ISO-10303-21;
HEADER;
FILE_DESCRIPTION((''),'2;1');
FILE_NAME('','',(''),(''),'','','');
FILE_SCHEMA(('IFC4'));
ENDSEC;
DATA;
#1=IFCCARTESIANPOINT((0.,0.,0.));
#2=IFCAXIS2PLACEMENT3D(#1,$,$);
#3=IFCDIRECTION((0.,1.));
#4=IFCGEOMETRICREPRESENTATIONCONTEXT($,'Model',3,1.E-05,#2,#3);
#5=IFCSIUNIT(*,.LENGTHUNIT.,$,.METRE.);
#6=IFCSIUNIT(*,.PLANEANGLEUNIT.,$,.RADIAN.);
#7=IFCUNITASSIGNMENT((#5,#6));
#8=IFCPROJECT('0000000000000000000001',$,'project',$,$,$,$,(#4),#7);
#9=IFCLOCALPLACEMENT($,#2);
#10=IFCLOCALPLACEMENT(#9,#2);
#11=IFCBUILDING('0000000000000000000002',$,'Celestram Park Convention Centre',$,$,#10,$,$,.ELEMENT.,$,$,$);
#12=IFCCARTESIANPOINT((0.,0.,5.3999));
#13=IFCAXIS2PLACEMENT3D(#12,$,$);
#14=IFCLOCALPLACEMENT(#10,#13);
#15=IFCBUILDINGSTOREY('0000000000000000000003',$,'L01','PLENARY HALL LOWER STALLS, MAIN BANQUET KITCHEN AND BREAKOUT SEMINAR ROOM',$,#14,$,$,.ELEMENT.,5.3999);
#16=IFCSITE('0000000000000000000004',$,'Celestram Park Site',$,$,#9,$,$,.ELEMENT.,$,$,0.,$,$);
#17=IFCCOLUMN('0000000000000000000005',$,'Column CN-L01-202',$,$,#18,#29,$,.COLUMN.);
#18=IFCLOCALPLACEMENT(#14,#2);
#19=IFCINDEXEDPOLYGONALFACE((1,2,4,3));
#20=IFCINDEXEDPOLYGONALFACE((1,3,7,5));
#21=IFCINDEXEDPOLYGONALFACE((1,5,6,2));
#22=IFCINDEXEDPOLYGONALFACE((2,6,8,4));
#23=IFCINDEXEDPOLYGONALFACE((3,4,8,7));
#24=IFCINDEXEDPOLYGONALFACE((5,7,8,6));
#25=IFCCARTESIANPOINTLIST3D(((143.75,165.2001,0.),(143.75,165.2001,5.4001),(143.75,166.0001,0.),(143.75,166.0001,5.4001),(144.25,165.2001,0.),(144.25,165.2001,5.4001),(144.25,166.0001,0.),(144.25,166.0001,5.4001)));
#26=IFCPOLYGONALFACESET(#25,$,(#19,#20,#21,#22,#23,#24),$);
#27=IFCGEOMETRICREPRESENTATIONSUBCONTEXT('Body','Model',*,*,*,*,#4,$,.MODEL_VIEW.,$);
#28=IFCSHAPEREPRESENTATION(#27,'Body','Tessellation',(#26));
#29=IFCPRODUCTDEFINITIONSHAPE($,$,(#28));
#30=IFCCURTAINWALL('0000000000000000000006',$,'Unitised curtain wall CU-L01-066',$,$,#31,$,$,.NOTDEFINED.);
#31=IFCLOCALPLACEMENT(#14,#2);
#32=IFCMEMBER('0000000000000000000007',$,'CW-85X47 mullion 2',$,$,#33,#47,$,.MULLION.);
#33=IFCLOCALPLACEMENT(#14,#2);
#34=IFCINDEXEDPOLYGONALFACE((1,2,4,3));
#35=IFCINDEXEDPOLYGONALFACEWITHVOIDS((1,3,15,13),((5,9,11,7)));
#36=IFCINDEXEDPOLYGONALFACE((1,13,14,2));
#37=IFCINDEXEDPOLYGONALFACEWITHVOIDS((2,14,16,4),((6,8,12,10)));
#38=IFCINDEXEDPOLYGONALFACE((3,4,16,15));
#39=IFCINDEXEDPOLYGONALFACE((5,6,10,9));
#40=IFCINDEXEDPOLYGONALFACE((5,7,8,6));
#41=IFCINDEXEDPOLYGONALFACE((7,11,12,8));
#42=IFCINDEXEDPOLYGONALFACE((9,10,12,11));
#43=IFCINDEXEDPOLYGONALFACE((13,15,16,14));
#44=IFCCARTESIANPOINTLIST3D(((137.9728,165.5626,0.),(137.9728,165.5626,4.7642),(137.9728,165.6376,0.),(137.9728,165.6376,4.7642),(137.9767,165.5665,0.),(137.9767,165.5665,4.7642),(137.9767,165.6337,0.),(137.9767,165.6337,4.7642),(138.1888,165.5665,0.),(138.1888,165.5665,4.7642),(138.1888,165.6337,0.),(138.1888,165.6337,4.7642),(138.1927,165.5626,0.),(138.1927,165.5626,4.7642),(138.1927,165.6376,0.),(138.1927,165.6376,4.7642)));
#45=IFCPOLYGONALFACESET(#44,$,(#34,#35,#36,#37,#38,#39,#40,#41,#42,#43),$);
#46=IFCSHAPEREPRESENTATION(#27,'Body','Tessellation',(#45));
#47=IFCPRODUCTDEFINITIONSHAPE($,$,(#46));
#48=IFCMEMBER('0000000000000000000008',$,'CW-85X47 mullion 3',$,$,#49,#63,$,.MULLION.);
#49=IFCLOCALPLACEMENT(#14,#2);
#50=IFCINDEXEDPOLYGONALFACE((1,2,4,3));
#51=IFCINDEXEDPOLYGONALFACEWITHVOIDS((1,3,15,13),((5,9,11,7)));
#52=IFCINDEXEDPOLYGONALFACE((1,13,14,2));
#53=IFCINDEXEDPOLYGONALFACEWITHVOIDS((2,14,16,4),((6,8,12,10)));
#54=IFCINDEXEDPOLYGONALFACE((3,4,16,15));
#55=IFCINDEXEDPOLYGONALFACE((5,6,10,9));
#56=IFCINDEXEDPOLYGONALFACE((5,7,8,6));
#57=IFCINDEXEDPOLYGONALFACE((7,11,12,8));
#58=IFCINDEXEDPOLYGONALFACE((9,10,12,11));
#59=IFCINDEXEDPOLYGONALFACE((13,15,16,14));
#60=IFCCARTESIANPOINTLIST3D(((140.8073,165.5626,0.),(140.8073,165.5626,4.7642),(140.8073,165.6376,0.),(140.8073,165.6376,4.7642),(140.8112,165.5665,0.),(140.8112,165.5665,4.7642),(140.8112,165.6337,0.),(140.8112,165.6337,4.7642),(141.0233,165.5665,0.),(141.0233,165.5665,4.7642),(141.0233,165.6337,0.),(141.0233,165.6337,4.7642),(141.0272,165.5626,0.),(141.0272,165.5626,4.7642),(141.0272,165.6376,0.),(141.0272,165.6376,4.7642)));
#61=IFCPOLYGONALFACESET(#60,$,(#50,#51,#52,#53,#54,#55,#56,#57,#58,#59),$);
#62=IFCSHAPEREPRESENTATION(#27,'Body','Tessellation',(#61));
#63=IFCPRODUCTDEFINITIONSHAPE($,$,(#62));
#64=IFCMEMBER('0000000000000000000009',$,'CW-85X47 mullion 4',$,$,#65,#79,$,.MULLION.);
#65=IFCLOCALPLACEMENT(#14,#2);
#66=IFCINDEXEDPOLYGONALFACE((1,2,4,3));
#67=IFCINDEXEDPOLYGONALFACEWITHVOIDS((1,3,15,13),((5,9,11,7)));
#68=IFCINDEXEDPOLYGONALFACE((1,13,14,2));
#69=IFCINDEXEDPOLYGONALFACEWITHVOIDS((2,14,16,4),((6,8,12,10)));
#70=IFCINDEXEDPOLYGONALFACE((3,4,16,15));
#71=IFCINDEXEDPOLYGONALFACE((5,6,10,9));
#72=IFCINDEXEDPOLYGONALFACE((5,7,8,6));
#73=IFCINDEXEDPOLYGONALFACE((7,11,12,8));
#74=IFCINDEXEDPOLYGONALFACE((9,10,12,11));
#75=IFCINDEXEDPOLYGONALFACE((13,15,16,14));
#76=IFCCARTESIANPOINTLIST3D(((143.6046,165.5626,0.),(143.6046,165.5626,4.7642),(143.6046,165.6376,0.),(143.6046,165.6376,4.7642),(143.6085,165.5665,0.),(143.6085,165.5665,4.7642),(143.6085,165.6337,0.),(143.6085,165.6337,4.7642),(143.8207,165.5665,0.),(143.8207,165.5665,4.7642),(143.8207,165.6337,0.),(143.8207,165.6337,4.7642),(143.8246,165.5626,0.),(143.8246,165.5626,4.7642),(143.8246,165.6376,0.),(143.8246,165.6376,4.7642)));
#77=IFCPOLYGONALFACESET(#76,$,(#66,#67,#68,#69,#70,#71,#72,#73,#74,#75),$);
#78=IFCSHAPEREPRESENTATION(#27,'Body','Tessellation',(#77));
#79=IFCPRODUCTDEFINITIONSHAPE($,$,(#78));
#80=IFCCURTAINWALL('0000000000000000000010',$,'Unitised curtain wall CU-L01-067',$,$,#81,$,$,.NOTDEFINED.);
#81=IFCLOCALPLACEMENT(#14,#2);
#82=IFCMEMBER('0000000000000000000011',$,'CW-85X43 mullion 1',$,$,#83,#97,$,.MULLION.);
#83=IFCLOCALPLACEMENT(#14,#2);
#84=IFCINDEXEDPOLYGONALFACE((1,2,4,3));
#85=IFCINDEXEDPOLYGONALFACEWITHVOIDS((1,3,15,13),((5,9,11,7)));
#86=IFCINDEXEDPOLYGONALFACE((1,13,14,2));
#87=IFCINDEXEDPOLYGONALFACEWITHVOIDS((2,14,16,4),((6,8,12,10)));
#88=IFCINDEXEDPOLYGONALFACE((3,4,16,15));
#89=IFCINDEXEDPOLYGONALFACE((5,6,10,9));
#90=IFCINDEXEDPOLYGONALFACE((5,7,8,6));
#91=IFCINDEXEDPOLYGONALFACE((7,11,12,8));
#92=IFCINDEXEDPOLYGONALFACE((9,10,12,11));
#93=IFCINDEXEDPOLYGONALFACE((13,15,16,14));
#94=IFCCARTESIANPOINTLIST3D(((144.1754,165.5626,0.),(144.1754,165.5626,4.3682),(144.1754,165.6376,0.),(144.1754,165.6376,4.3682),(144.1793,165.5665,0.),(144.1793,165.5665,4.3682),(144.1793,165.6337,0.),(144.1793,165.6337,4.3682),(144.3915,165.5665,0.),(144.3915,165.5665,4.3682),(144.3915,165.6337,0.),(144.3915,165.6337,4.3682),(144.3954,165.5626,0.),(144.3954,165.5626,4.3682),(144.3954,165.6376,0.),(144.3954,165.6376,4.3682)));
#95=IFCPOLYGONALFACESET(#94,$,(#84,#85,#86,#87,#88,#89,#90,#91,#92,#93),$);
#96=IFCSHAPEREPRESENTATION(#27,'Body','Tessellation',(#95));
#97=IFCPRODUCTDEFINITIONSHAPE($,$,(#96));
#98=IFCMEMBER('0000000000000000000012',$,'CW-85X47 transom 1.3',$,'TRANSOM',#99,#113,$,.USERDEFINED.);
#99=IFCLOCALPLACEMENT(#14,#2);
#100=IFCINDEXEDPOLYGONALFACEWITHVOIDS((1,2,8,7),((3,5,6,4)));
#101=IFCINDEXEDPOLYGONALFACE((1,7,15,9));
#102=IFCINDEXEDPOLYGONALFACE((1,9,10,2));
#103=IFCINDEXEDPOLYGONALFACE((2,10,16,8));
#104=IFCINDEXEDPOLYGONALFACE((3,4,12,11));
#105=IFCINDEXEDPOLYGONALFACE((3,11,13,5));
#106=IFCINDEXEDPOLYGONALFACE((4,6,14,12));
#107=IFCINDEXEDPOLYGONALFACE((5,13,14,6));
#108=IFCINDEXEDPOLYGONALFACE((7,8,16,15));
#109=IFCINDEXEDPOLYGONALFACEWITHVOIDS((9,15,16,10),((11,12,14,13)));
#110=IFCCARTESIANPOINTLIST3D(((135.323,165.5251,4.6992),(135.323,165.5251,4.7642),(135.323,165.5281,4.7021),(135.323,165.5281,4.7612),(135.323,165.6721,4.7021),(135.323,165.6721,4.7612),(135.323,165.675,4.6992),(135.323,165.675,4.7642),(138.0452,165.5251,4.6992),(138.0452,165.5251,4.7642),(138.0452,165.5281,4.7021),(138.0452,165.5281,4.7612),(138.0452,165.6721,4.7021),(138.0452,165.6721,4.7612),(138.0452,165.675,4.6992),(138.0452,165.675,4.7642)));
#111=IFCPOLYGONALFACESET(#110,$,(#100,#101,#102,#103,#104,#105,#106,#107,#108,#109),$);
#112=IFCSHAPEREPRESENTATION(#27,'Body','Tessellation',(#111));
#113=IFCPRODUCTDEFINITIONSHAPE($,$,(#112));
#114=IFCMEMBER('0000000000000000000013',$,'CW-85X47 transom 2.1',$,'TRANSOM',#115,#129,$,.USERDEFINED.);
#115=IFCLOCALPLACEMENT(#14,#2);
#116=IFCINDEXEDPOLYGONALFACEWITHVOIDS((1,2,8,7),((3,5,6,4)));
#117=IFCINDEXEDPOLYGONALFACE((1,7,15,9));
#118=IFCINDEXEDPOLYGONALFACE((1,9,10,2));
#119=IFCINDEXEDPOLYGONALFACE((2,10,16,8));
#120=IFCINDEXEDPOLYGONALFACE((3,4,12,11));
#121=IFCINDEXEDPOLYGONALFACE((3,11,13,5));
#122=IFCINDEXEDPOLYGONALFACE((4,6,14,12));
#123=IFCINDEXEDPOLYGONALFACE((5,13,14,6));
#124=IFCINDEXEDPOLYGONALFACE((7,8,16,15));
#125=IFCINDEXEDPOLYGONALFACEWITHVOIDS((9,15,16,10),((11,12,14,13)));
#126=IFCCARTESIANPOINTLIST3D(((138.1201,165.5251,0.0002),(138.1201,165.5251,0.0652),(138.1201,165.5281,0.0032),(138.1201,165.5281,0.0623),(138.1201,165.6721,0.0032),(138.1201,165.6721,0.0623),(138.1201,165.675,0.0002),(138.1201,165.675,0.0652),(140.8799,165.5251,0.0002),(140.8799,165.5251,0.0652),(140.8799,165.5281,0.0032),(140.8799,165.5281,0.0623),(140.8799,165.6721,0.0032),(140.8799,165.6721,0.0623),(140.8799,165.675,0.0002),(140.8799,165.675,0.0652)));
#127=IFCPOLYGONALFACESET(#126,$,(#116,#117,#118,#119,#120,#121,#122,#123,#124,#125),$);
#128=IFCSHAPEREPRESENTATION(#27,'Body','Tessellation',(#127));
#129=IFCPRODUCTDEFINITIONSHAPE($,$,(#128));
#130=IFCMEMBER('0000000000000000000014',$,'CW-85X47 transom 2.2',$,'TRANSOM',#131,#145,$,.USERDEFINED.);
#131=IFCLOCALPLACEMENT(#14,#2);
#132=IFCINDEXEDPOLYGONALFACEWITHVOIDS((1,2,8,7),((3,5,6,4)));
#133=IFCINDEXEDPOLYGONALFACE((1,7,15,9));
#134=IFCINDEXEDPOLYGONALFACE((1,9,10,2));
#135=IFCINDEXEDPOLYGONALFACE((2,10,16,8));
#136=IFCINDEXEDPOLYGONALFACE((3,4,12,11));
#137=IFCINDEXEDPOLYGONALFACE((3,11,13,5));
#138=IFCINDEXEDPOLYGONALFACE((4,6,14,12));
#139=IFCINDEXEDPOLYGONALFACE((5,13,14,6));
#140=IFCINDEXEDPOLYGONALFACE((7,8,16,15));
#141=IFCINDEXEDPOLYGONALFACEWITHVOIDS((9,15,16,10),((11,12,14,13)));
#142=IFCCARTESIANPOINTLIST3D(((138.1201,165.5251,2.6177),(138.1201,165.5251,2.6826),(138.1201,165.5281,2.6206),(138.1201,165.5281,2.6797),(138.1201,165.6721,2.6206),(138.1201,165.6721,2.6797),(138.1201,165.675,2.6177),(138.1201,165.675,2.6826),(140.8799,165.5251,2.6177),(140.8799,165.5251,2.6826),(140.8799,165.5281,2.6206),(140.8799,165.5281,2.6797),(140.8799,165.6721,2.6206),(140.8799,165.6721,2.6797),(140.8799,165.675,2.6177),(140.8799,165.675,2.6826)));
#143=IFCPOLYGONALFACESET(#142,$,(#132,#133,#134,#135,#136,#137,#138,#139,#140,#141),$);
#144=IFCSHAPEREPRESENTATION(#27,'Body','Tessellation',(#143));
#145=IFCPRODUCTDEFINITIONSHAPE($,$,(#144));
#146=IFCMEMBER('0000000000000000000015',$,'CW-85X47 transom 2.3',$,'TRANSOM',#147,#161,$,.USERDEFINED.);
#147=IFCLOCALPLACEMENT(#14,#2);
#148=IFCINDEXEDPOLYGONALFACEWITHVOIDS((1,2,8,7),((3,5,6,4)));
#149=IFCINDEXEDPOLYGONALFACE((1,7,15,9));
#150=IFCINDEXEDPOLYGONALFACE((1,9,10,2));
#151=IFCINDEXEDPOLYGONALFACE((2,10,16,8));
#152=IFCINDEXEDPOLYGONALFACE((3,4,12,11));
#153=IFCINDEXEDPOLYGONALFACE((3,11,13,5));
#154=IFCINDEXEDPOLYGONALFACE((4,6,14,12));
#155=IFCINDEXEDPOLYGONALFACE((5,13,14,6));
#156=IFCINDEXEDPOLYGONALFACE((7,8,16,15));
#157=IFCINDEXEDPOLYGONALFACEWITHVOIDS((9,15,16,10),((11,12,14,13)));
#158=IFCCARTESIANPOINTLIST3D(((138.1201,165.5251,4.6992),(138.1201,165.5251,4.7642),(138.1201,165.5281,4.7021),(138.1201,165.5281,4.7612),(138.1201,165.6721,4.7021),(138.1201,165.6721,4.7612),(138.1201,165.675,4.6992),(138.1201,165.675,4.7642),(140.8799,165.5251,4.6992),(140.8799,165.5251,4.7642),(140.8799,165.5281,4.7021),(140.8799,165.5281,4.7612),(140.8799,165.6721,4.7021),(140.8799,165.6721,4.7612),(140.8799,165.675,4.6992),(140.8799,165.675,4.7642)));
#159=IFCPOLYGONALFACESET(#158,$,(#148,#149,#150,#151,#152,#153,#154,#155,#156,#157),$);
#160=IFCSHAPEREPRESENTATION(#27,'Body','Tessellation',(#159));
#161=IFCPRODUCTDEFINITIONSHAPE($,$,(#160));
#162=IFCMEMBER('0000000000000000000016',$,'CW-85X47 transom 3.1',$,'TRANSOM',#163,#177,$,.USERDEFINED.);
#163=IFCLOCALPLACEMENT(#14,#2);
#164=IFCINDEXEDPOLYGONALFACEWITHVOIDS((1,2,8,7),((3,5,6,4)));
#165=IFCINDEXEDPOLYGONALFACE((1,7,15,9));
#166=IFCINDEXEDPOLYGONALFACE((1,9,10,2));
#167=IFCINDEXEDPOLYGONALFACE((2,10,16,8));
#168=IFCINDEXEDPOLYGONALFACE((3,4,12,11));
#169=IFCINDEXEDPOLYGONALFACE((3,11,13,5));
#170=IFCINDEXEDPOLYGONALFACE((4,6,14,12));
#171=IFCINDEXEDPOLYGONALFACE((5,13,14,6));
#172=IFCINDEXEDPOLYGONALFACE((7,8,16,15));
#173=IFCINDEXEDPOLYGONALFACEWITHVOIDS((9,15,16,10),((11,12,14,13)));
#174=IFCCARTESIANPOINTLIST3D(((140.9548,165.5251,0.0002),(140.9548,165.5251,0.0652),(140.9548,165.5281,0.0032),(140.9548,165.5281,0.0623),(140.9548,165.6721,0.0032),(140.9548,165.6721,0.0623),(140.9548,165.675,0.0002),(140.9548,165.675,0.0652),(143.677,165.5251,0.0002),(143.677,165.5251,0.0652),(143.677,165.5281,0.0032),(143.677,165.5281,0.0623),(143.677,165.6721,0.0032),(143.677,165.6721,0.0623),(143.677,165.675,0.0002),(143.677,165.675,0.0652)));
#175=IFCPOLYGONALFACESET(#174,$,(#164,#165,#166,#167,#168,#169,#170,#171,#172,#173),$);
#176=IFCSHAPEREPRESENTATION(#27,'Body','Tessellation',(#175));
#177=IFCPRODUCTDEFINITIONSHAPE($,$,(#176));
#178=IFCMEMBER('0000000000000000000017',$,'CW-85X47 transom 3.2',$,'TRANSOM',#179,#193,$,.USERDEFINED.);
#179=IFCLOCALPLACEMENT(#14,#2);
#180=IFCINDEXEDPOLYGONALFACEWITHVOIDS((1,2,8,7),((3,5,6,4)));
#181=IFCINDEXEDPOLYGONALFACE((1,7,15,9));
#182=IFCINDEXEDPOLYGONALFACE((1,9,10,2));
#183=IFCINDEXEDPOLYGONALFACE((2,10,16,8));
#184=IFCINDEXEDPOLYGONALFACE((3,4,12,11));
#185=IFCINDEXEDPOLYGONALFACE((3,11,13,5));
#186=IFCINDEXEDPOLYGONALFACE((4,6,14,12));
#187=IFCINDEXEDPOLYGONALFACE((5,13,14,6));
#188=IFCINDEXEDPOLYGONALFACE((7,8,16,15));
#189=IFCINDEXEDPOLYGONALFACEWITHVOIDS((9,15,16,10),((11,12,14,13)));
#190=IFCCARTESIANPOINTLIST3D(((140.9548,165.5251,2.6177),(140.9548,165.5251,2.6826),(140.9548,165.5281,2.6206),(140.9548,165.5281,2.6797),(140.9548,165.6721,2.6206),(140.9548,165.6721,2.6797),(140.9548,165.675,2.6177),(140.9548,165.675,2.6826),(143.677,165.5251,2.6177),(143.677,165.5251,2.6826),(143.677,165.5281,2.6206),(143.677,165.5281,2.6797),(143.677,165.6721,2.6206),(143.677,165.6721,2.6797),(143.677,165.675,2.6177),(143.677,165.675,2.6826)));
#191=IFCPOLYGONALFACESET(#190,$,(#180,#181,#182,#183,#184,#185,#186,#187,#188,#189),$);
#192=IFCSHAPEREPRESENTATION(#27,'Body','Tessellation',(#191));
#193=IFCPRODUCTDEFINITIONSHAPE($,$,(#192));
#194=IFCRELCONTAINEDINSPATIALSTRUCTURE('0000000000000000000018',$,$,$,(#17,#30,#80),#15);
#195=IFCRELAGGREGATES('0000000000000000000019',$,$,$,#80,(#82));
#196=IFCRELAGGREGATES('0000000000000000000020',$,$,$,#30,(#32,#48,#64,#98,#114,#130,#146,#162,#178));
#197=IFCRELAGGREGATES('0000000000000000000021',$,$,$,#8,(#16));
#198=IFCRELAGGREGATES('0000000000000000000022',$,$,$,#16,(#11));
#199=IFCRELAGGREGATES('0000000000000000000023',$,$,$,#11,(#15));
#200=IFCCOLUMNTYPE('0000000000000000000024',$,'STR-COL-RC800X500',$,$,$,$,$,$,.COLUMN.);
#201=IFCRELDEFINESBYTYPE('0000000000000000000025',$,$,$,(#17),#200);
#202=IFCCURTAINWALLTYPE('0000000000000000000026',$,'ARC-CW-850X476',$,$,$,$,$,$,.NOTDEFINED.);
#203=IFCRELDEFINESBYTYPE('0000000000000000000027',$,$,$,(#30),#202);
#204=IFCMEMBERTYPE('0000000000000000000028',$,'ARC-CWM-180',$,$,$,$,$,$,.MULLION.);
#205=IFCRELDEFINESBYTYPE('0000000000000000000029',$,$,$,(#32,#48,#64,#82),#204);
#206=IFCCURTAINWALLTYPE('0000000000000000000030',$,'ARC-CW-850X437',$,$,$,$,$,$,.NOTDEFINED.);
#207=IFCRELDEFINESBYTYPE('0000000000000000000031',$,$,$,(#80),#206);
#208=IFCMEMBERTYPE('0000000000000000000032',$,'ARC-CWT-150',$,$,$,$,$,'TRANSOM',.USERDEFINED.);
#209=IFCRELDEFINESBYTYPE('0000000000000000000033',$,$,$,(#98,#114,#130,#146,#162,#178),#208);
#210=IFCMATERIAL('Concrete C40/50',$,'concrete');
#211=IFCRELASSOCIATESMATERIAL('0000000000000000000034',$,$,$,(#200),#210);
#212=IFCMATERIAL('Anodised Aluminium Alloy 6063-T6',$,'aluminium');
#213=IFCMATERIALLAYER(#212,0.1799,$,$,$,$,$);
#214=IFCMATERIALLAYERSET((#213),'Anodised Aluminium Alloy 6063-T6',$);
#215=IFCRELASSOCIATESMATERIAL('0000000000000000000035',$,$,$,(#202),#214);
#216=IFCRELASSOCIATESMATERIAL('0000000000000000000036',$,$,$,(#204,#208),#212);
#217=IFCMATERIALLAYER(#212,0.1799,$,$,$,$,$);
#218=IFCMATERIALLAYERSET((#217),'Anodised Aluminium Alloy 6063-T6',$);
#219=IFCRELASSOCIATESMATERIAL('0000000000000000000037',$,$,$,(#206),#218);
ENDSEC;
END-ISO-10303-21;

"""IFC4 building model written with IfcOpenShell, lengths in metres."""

from ifc_helpers import new_model, si_unit, direction, frame, origin, origin_2d, place, context, subcontext, project, spatial, rectangle, hollow_rectangle, extrude, material, layer, layer_set, material_profile, profile_set, type_object, element, aggregate, save


model = new_model("IFC4")

# Units and contexts
model_context = context("Model", 3, precision=1e-05, world=origin(), true_north=direction((0.0, 1.0)))
body_context = subcontext(model_context, "Body", "Model", "MODEL_VIEW")
ifc_project = project(units=[si_unit("LENGTHUNIT", "METRE"), si_unit("PLANEANGLEUNIT", "RADIAN")], contexts=[model_context])

# Site, building, storey
site_placement = place(None, origin())
site = spatial("IfcSite", under=ifc_project, at=site_placement, Name="Celestram Park Site", CompositionType="ELEMENT", RefElevation=0.0)
building_placement = place(site_placement, origin())
building = spatial("IfcBuilding", under=site, at=building_placement, Name="Celestram Park Convention Centre", CompositionType="ELEMENT")
storey_placement = place(building_placement, frame((0.0, 0.0, 5.3999)))
storey = spatial("IfcBuildingStorey", under=building, at=storey_placement, Name="L01", Description="PLENARY HALL LOWER STALLS, MAIN BANQUET KITCHEN AND BREAKOUT SEMINAR ROOM", CompositionType="ELEMENT", Elevation=5.3999)

# Column
ifc_material_1 = material(Name="Concrete C40/50", Category="concrete")
ifc_material_profile_1 = material_profile(ifc_material_1, rectangle(XDim=0.5, YDim=0.8, at=origin_2d()), Name="RC800X500")
ifc_profile_set_1 = profile_set([ifc_material_profile_1], Name="Concrete C40/50")
column_type = type_object("IfcColumnType", Name="STR-COL-RC800X500", PredefinedType="COLUMN", material=ifc_profile_set_1)
column_placement = place(storey_placement, frame((144.0, 165.6001, 0.0), z_axis=(0.0, 0.0, 1.0), x_axis=(1.0, 0.0, 0.0)))
element("IfcColumn", 1, at=column_placement, inside=storey, type_object=column_type, Name="Column CN-L01-202", PredefinedType="COLUMN", context=body_context, shape_type="SweptSolid", body=[
    extrude(rectangle(XDim=0.5, YDim=0.8, at=origin_2d()), origin(), (0.0, 0.0, 1.0), 5.4001),
])

# Curtain wall, members
ifc_material_2 = material(Name="Anodised Aluminium Alloy 6063-T6", Category="aluminium")
ifc_layer_1 = layer(ifc_material_2, 0.1799)
ifc_layer_set_1 = layer_set([ifc_layer_1], Name="Anodised Aluminium Alloy 6063-T6")
curtain_wall_type_1 = type_object("IfcCurtainWallType", Name="ARC-CW-850X476", PredefinedType="NOTDEFINED", material=ifc_layer_set_1)
curtain_wall_1_placement = place(storey_placement, origin())
curtain_wall_1 = element("IfcCurtainWall", 2, at=curtain_wall_1_placement, inside=storey, type_object=curtain_wall_type_1, Name="Unitised curtain wall CU-L01-066", PredefinedType="NOTDEFINED")
ifc_material_profile_2 = material_profile(ifc_material_2, hollow_rectangle(XDim=0.075, YDim=0.22, WallThickness=0.0039, at=origin_2d()), Name="ALU75X220X4")
ifc_profile_set_2 = profile_set([ifc_material_profile_2], Name="Anodised Aluminium Alloy 6063-T6")
member_type_1 = type_object("IfcMemberType", Name="ARC-CWM-180", PredefinedType="MULLION", material=ifc_profile_set_2)
member_1_placement = place(storey_placement, frame((138.0828, 165.6001, 0.0), z_axis=(0.0, 0.0, 1.0), x_axis=(0.0, 1.0, 0.0)))
member_1 = element("IfcMember", 3, at=member_1_placement, type_object=member_type_1, Name="CW-85X47 mullion 2", PredefinedType="MULLION", context=body_context, shape_type="SweptSolid", body=[
    extrude(hollow_rectangle(XDim=0.075, YDim=0.22, WallThickness=0.0039, at=origin_2d()), origin(), (0.0, 0.0, 1.0), 4.7642),
])
member_2_placement = place(storey_placement, frame((140.9172, 165.6001, 0.0), z_axis=(0.0, 0.0, 1.0), x_axis=(0.0, 1.0, 0.0)))
member_2 = element("IfcMember", 4, at=member_2_placement, type_object=member_type_1, Name="CW-85X47 mullion 3", PredefinedType="MULLION", context=body_context, shape_type="SweptSolid", body=[
    extrude(hollow_rectangle(XDim=0.075, YDim=0.22, WallThickness=0.0039, at=origin_2d()), origin(), (0.0, 0.0, 1.0), 4.7642),
])
member_3_placement = place(storey_placement, frame((143.7146, 165.6001, 0.0), z_axis=(0.0, 0.0, 1.0), x_axis=(0.0, 1.0, 0.0)))
member_3 = element("IfcMember", 5, at=member_3_placement, type_object=member_type_1, Name="CW-85X47 mullion 4", PredefinedType="MULLION", context=body_context, shape_type="SweptSolid", body=[
    extrude(hollow_rectangle(XDim=0.075, YDim=0.22, WallThickness=0.0039, at=origin_2d()), origin(), (0.0, 0.0, 1.0), 4.7642),
])

# Curtain wall, member
ifc_layer_2 = layer(ifc_material_2, 0.1799)
ifc_layer_set_2 = layer_set([ifc_layer_2], Name="Anodised Aluminium Alloy 6063-T6")
curtain_wall_type_2 = type_object("IfcCurtainWallType", Name="ARC-CW-850X437", PredefinedType="NOTDEFINED", material=ifc_layer_set_2)
curtain_wall_2_placement = place(storey_placement, origin())
curtain_wall_2 = element("IfcCurtainWall", 6, at=curtain_wall_2_placement, inside=storey, type_object=curtain_wall_type_2, Name="Unitised curtain wall CU-L01-067", PredefinedType="NOTDEFINED")
member_4_placement = place(storey_placement, frame((144.2854, 165.6001, 0.0), z_axis=(0.0, 0.0, 1.0), x_axis=(0.0, 1.0, 0.0)))
member_4 = element("IfcMember", 7, at=member_4_placement, type_object=member_type_1, Name="CW-85X43 mullion 1", PredefinedType="MULLION", context=body_context, shape_type="SweptSolid", body=[
    extrude(hollow_rectangle(XDim=0.075, YDim=0.22, WallThickness=0.0039, at=origin_2d()), origin(), (0.0, 0.0, 1.0), 4.3682),
])

# Members
ifc_material_profile_3 = material_profile(ifc_material_2, hollow_rectangle(XDim=0.1499, YDim=0.0649, WallThickness=0.0029, at=origin_2d()), Name="ALU150X65X3")
ifc_profile_set_3 = profile_set([ifc_material_profile_3], Name="Anodised Aluminium Alloy 6063-T6")
member_type_2 = type_object("IfcMemberType", Name="ARC-CWT-150", ElementType="TRANSOM", PredefinedType="USERDEFINED", material=ifc_profile_set_3)
member_5_placement = place(storey_placement, frame((135.323, 165.6001, 4.7317), z_axis=(1.0, 0.0, 0.0), x_axis=(0.0, 1.0, 0.0)))
member_5 = element("IfcMember", 8, at=member_5_placement, type_object=member_type_2, Name="CW-85X47 transom 1.3", ObjectType="TRANSOM", PredefinedType="USERDEFINED", context=body_context, shape_type="SweptSolid", body=[
    extrude(hollow_rectangle(XDim=0.1499, YDim=0.0649, WallThickness=0.0029, at=origin_2d()), origin(), (0.0, 0.0, 1.0), 2.7222),
])
member_6_placement = place(storey_placement, frame((138.1201, 165.6001, 0.0327), z_axis=(1.0, 0.0, 0.0), x_axis=(0.0, 1.0, 0.0)))
member_6 = element("IfcMember", 9, at=member_6_placement, type_object=member_type_2, Name="CW-85X47 transom 2.1", ObjectType="TRANSOM", PredefinedType="USERDEFINED", context=body_context, shape_type="SweptSolid", body=[
    extrude(hollow_rectangle(XDim=0.1499, YDim=0.0649, WallThickness=0.0029, at=origin_2d()), origin(), (0.0, 0.0, 1.0), 2.7598),
])
member_7_placement = place(storey_placement, frame((138.1201, 165.6001, 2.6501), z_axis=(1.0, 0.0, 0.0), x_axis=(0.0, 1.0, 0.0)))
member_7 = element("IfcMember", 10, at=member_7_placement, type_object=member_type_2, Name="CW-85X47 transom 2.2", ObjectType="TRANSOM", PredefinedType="USERDEFINED", context=body_context, shape_type="SweptSolid", body=[
    extrude(hollow_rectangle(XDim=0.1499, YDim=0.0649, WallThickness=0.0029, at=origin_2d()), origin(), (0.0, 0.0, 1.0), 2.7598),
])
member_8_placement = place(storey_placement, frame((138.1201, 165.6001, 4.7317), z_axis=(1.0, 0.0, 0.0), x_axis=(0.0, 1.0, 0.0)))
member_8 = element("IfcMember", 11, at=member_8_placement, type_object=member_type_2, Name="CW-85X47 transom 2.3", ObjectType="TRANSOM", PredefinedType="USERDEFINED", context=body_context, shape_type="SweptSolid", body=[
    extrude(hollow_rectangle(XDim=0.1499, YDim=0.0649, WallThickness=0.0029, at=origin_2d()), origin(), (0.0, 0.0, 1.0), 2.7598),
])
member_9_placement = place(storey_placement, frame((140.9548, 165.6001, 0.0327), z_axis=(1.0, 0.0, 0.0), x_axis=(0.0, 1.0, 0.0)))
member_9 = element("IfcMember", 12, at=member_9_placement, type_object=member_type_2, Name="CW-85X47 transom 3.1", ObjectType="TRANSOM", PredefinedType="USERDEFINED", context=body_context, shape_type="SweptSolid", body=[
    extrude(hollow_rectangle(XDim=0.1499, YDim=0.0649, WallThickness=0.0029, at=origin_2d()), origin(), (0.0, 0.0, 1.0), 2.7222),
])
member_10_placement = place(storey_placement, frame((140.9548, 165.6001, 2.6501), z_axis=(1.0, 0.0, 0.0), x_axis=(0.0, 1.0, 0.0)))
member_10 = element("IfcMember", 13, at=member_10_placement, type_object=member_type_2, Name="CW-85X47 transom 3.2", ObjectType="TRANSOM", PredefinedType="USERDEFINED", context=body_context, shape_type="SweptSolid", body=[
    extrude(hollow_rectangle(XDim=0.1499, YDim=0.0649, WallThickness=0.0029, at=origin_2d()), origin(), (0.0, 0.0, 1.0), 2.7222),
])
aggregate(curtain_wall_2, [member_4])

aggregate(curtain_wall_1, [member_1, member_2, member_3, member_5, member_6, member_7, member_8, member_9, member_10])

save(model, "model.ifc")
